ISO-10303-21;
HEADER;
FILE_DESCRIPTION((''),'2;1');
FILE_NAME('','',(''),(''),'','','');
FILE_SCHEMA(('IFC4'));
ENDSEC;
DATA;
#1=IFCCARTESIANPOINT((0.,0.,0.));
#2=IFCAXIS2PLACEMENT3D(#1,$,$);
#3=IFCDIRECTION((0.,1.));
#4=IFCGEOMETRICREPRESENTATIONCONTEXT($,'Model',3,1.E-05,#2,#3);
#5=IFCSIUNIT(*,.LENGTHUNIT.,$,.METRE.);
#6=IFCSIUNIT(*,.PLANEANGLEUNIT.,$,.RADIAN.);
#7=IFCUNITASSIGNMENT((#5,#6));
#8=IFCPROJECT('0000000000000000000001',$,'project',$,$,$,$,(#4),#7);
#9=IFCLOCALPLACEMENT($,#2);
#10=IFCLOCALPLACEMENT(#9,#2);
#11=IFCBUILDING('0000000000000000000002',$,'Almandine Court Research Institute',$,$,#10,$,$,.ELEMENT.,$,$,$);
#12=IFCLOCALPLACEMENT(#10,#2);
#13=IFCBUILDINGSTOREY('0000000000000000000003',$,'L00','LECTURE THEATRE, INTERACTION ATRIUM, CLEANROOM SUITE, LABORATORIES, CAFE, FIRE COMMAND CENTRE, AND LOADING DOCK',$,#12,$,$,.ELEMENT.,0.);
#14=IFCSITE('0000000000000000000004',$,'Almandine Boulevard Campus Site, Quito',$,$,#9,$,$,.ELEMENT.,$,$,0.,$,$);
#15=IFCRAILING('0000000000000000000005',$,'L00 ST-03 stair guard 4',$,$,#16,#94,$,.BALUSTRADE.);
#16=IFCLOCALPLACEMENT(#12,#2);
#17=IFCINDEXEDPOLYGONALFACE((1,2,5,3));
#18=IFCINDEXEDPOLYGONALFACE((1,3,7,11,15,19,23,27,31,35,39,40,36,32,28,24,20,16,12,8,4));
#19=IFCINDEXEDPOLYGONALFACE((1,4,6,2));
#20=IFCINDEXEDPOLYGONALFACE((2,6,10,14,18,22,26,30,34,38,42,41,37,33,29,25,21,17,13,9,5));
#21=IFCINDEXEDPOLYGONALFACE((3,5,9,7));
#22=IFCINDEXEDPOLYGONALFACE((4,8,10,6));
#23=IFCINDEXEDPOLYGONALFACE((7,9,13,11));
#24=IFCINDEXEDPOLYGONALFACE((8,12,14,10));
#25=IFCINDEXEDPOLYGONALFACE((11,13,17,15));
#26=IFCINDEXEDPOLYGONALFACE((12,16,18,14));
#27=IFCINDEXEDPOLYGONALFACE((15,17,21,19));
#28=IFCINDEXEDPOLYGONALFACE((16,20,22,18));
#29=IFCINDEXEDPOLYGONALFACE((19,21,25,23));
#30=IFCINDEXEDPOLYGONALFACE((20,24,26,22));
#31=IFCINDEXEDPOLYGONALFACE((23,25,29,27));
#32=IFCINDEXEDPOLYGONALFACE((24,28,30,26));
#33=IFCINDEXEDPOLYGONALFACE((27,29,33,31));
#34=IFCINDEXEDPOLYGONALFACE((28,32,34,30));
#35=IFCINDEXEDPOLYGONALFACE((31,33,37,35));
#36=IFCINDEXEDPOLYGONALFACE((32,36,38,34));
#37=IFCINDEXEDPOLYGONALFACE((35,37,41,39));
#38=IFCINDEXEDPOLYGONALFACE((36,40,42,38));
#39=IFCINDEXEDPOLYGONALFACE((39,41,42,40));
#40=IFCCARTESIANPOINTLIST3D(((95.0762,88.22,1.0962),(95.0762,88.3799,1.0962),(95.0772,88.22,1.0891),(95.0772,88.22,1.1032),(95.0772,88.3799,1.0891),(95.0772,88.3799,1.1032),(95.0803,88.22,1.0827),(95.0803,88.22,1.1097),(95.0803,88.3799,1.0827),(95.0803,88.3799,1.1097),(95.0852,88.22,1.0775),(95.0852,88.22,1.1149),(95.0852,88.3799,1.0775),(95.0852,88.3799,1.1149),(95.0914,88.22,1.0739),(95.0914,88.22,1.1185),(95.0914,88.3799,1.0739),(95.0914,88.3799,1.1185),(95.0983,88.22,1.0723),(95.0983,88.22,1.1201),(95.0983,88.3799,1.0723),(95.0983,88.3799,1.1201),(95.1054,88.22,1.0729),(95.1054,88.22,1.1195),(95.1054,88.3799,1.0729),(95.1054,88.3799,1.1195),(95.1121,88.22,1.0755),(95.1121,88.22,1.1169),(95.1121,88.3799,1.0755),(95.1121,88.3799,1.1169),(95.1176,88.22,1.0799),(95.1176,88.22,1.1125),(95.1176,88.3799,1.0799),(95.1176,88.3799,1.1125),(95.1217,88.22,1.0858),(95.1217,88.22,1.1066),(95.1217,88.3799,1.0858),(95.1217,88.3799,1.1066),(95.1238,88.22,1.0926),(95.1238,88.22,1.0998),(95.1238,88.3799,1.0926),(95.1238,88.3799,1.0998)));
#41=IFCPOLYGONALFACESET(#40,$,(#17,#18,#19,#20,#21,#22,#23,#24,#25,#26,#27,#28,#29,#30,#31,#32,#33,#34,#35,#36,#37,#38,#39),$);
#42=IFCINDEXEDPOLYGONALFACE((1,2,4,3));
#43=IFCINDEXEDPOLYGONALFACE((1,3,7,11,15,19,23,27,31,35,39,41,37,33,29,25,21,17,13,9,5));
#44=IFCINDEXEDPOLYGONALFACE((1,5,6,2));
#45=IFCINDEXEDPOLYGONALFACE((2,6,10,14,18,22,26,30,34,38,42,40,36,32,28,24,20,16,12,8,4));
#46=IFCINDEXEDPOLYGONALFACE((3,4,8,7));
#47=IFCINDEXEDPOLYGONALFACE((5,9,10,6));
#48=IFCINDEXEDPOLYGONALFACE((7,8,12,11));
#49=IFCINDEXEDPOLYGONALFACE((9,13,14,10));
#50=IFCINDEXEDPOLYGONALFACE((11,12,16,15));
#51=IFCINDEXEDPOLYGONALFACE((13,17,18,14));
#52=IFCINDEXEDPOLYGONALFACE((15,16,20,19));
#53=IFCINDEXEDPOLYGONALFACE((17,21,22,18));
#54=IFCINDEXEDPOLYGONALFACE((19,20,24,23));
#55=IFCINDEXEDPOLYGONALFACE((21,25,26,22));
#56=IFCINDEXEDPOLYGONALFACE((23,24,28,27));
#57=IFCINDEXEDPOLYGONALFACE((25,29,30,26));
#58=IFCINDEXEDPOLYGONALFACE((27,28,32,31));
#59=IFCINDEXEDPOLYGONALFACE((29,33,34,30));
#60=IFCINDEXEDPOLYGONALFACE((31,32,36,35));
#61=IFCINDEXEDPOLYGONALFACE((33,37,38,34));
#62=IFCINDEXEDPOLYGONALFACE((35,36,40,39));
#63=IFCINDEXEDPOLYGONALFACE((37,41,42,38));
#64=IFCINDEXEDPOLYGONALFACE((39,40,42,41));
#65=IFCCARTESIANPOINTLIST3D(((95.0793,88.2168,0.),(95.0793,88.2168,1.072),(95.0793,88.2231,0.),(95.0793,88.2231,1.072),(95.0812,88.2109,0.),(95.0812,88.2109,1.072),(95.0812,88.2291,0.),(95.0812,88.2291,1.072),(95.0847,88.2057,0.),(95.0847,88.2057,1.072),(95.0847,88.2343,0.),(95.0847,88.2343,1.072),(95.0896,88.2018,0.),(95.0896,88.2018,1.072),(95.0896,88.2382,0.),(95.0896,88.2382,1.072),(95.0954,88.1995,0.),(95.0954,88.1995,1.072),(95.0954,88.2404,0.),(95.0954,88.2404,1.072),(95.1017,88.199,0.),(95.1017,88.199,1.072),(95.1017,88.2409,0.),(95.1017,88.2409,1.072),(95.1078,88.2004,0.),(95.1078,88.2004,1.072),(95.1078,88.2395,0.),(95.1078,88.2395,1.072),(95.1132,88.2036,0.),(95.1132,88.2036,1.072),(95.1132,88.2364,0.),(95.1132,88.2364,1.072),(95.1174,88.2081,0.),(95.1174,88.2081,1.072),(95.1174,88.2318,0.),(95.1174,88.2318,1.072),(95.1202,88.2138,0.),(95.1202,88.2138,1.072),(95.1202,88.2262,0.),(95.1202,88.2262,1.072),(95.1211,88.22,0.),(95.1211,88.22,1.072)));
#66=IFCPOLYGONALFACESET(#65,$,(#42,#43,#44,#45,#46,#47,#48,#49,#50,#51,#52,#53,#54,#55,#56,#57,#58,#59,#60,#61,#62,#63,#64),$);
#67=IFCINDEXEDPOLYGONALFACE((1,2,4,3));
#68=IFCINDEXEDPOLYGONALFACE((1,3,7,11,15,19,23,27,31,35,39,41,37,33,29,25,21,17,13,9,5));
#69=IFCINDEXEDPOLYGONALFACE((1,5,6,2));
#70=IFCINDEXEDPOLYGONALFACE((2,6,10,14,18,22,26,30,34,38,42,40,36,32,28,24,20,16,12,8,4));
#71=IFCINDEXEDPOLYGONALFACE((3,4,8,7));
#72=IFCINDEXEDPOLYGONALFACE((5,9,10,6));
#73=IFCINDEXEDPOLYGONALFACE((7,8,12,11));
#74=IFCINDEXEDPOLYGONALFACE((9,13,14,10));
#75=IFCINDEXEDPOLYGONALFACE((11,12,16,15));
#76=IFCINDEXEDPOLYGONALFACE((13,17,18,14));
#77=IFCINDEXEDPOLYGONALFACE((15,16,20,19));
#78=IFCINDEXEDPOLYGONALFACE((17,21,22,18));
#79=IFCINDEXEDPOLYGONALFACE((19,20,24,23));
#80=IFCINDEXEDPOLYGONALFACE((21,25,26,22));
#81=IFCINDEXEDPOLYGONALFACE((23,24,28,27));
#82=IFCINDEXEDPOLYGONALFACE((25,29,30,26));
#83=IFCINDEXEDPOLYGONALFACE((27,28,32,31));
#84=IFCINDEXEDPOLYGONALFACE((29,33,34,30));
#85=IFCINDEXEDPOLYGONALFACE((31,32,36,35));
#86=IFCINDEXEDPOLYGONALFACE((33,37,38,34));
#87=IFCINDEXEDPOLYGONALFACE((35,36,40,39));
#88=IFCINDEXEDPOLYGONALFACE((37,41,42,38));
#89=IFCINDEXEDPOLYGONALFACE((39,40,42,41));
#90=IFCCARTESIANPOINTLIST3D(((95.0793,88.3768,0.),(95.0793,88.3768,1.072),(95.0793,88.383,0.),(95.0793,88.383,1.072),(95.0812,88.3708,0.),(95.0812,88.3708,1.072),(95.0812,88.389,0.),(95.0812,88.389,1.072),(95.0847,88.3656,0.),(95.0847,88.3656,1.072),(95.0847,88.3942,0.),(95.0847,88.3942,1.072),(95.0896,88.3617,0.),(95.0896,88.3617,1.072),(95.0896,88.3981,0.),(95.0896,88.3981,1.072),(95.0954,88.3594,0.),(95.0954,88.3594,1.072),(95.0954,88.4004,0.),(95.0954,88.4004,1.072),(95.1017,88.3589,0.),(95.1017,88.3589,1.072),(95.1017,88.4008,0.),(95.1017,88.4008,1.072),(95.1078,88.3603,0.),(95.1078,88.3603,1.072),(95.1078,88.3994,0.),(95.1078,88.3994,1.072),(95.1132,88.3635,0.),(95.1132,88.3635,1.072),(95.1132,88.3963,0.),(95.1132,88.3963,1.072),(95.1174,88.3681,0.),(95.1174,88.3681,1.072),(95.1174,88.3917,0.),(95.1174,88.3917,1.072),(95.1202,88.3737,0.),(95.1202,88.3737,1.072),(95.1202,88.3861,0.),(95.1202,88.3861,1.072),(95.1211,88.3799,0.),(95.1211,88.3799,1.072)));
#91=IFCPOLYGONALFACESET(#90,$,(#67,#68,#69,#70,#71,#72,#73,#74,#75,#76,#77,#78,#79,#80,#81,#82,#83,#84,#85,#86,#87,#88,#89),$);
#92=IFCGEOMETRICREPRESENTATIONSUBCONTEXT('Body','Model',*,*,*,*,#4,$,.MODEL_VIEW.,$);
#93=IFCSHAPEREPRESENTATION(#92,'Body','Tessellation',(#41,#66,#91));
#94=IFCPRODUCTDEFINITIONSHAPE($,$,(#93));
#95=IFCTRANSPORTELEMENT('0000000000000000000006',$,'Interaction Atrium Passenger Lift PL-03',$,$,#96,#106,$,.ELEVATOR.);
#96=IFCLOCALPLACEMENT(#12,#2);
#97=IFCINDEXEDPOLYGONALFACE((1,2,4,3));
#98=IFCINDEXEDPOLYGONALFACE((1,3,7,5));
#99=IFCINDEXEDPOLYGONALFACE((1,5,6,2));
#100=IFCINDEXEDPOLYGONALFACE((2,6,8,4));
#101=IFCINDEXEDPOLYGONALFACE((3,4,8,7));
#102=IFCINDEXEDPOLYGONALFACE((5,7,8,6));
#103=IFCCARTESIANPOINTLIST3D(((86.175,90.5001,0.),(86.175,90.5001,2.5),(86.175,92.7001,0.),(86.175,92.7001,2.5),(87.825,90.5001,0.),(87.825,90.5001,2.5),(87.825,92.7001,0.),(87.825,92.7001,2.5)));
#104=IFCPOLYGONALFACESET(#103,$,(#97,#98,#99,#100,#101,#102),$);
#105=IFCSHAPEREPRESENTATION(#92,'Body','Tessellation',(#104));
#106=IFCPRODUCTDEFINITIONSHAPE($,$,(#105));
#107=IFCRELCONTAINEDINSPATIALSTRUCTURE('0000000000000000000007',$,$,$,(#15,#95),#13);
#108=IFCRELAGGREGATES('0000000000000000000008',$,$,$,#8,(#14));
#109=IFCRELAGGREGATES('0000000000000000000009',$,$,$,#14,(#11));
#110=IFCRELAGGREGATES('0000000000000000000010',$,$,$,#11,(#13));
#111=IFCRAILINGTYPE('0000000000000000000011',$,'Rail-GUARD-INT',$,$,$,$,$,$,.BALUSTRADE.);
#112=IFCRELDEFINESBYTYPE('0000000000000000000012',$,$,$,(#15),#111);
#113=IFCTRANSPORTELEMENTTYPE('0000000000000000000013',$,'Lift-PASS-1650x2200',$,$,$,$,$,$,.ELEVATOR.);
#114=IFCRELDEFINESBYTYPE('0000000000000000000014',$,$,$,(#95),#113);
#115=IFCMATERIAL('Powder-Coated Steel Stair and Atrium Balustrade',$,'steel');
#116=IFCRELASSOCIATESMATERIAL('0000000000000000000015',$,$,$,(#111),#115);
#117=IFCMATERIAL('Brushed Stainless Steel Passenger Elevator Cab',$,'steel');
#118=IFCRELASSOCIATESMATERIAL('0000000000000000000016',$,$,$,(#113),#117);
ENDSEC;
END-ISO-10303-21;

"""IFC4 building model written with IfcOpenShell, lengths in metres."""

from ifc_helpers import new_model, si_unit, direction, frame, origin, origin_2d, place, context, subcontext, project, spatial, rectangle, circle, extrude, material, type_object, element, save


model = new_model("IFC4")

# Units and contexts
model_context = context("Model", 3, precision=1e-05, world=origin(), true_north=direction((0.0, 1.0)))
body_context = subcontext(model_context, "Body", "Model", "MODEL_VIEW")
ifc_project = project(units=[si_unit("LENGTHUNIT", "METRE"), si_unit("PLANEANGLEUNIT", "RADIAN")], contexts=[model_context])

# Site, building, storey
site_placement = place(None, origin())
site = spatial("IfcSite", under=ifc_project, at=site_placement, Name="Almandine Boulevard Campus Site, Quito", CompositionType="ELEMENT", RefElevation=0.0)
building_placement = place(site_placement, origin())
building = spatial("IfcBuilding", under=site, at=building_placement, Name="Almandine Court Research Institute", CompositionType="ELEMENT")
storey_placement = place(building_placement, origin())
storey = spatial("IfcBuildingStorey", under=building, at=storey_placement, Name="L00", Description="LECTURE THEATRE, INTERACTION ATRIUM, CLEANROOM SUITE, LABORATORIES, CAFE, FIRE COMMAND CENTRE, AND LOADING DOCK", CompositionType="ELEMENT", Elevation=0.0)

# Railing
ifc_material_1 = material(Name="Powder-Coated Steel Stair and Atrium Balustrade", Category="steel")
railing_type = type_object("IfcRailingType", Name="Rail-GUARD-INT", PredefinedType="BALUSTRADE", material=ifc_material_1)
railing_1_placement = place(storey_placement, frame((95.1001, 88.22, 0.0)))
element("IfcRailing", 1, at=railing_1_placement, inside=storey, type_object=railing_type, Name="L00 ST-03 stair guard 4", PredefinedType="BALUSTRADE", context=body_context, shape_type="SweptSolid", body=[
    extrude(circle(Radius=0.0239, at=origin_2d()), frame((0.0, 0.0, 1.0962), z_axis=(0.0, 1.0, 0.0), x_axis=(-1.0, 0.0, 0.0)), (0.0, 0.0, 1.0), 0.1599),
    extrude(circle(Radius=0.021, at=origin_2d()), origin(), (0.0, 0.0, 1.0), 1.072),
    extrude(circle(Radius=0.021, at=origin_2d()), frame((0.0, 0.1599, 0.0)), (0.0, 0.0, 1.0), 1.072),
])

# Transport element
ifc_material_2 = material(Name="Brushed Stainless Steel Passenger Elevator Cab", Category="steel")
transport_element_type = type_object("IfcTransportElementType", Name="Lift-PASS-1650x2200", PredefinedType="ELEVATOR", material=ifc_material_2)
transport_element_placement = place(storey_placement, frame((87.0, 91.6001, 0.0), z_axis=(0.0, 0.0, 1.0), x_axis=(1.0, 0.0, 0.0)))
element("IfcTransportElement", 2, at=transport_element_placement, inside=storey, type_object=transport_element_type, Name="Interaction Atrium Passenger Lift PL-03", PredefinedType="ELEVATOR", context=body_context, shape_type="SweptSolid", body=[
    extrude(rectangle(XDim=1.6499, YDim=2.2, at=origin_2d()), origin(), (0.0, 0.0, 1.0), 2.5),
])

save(model, "model.ifc")
